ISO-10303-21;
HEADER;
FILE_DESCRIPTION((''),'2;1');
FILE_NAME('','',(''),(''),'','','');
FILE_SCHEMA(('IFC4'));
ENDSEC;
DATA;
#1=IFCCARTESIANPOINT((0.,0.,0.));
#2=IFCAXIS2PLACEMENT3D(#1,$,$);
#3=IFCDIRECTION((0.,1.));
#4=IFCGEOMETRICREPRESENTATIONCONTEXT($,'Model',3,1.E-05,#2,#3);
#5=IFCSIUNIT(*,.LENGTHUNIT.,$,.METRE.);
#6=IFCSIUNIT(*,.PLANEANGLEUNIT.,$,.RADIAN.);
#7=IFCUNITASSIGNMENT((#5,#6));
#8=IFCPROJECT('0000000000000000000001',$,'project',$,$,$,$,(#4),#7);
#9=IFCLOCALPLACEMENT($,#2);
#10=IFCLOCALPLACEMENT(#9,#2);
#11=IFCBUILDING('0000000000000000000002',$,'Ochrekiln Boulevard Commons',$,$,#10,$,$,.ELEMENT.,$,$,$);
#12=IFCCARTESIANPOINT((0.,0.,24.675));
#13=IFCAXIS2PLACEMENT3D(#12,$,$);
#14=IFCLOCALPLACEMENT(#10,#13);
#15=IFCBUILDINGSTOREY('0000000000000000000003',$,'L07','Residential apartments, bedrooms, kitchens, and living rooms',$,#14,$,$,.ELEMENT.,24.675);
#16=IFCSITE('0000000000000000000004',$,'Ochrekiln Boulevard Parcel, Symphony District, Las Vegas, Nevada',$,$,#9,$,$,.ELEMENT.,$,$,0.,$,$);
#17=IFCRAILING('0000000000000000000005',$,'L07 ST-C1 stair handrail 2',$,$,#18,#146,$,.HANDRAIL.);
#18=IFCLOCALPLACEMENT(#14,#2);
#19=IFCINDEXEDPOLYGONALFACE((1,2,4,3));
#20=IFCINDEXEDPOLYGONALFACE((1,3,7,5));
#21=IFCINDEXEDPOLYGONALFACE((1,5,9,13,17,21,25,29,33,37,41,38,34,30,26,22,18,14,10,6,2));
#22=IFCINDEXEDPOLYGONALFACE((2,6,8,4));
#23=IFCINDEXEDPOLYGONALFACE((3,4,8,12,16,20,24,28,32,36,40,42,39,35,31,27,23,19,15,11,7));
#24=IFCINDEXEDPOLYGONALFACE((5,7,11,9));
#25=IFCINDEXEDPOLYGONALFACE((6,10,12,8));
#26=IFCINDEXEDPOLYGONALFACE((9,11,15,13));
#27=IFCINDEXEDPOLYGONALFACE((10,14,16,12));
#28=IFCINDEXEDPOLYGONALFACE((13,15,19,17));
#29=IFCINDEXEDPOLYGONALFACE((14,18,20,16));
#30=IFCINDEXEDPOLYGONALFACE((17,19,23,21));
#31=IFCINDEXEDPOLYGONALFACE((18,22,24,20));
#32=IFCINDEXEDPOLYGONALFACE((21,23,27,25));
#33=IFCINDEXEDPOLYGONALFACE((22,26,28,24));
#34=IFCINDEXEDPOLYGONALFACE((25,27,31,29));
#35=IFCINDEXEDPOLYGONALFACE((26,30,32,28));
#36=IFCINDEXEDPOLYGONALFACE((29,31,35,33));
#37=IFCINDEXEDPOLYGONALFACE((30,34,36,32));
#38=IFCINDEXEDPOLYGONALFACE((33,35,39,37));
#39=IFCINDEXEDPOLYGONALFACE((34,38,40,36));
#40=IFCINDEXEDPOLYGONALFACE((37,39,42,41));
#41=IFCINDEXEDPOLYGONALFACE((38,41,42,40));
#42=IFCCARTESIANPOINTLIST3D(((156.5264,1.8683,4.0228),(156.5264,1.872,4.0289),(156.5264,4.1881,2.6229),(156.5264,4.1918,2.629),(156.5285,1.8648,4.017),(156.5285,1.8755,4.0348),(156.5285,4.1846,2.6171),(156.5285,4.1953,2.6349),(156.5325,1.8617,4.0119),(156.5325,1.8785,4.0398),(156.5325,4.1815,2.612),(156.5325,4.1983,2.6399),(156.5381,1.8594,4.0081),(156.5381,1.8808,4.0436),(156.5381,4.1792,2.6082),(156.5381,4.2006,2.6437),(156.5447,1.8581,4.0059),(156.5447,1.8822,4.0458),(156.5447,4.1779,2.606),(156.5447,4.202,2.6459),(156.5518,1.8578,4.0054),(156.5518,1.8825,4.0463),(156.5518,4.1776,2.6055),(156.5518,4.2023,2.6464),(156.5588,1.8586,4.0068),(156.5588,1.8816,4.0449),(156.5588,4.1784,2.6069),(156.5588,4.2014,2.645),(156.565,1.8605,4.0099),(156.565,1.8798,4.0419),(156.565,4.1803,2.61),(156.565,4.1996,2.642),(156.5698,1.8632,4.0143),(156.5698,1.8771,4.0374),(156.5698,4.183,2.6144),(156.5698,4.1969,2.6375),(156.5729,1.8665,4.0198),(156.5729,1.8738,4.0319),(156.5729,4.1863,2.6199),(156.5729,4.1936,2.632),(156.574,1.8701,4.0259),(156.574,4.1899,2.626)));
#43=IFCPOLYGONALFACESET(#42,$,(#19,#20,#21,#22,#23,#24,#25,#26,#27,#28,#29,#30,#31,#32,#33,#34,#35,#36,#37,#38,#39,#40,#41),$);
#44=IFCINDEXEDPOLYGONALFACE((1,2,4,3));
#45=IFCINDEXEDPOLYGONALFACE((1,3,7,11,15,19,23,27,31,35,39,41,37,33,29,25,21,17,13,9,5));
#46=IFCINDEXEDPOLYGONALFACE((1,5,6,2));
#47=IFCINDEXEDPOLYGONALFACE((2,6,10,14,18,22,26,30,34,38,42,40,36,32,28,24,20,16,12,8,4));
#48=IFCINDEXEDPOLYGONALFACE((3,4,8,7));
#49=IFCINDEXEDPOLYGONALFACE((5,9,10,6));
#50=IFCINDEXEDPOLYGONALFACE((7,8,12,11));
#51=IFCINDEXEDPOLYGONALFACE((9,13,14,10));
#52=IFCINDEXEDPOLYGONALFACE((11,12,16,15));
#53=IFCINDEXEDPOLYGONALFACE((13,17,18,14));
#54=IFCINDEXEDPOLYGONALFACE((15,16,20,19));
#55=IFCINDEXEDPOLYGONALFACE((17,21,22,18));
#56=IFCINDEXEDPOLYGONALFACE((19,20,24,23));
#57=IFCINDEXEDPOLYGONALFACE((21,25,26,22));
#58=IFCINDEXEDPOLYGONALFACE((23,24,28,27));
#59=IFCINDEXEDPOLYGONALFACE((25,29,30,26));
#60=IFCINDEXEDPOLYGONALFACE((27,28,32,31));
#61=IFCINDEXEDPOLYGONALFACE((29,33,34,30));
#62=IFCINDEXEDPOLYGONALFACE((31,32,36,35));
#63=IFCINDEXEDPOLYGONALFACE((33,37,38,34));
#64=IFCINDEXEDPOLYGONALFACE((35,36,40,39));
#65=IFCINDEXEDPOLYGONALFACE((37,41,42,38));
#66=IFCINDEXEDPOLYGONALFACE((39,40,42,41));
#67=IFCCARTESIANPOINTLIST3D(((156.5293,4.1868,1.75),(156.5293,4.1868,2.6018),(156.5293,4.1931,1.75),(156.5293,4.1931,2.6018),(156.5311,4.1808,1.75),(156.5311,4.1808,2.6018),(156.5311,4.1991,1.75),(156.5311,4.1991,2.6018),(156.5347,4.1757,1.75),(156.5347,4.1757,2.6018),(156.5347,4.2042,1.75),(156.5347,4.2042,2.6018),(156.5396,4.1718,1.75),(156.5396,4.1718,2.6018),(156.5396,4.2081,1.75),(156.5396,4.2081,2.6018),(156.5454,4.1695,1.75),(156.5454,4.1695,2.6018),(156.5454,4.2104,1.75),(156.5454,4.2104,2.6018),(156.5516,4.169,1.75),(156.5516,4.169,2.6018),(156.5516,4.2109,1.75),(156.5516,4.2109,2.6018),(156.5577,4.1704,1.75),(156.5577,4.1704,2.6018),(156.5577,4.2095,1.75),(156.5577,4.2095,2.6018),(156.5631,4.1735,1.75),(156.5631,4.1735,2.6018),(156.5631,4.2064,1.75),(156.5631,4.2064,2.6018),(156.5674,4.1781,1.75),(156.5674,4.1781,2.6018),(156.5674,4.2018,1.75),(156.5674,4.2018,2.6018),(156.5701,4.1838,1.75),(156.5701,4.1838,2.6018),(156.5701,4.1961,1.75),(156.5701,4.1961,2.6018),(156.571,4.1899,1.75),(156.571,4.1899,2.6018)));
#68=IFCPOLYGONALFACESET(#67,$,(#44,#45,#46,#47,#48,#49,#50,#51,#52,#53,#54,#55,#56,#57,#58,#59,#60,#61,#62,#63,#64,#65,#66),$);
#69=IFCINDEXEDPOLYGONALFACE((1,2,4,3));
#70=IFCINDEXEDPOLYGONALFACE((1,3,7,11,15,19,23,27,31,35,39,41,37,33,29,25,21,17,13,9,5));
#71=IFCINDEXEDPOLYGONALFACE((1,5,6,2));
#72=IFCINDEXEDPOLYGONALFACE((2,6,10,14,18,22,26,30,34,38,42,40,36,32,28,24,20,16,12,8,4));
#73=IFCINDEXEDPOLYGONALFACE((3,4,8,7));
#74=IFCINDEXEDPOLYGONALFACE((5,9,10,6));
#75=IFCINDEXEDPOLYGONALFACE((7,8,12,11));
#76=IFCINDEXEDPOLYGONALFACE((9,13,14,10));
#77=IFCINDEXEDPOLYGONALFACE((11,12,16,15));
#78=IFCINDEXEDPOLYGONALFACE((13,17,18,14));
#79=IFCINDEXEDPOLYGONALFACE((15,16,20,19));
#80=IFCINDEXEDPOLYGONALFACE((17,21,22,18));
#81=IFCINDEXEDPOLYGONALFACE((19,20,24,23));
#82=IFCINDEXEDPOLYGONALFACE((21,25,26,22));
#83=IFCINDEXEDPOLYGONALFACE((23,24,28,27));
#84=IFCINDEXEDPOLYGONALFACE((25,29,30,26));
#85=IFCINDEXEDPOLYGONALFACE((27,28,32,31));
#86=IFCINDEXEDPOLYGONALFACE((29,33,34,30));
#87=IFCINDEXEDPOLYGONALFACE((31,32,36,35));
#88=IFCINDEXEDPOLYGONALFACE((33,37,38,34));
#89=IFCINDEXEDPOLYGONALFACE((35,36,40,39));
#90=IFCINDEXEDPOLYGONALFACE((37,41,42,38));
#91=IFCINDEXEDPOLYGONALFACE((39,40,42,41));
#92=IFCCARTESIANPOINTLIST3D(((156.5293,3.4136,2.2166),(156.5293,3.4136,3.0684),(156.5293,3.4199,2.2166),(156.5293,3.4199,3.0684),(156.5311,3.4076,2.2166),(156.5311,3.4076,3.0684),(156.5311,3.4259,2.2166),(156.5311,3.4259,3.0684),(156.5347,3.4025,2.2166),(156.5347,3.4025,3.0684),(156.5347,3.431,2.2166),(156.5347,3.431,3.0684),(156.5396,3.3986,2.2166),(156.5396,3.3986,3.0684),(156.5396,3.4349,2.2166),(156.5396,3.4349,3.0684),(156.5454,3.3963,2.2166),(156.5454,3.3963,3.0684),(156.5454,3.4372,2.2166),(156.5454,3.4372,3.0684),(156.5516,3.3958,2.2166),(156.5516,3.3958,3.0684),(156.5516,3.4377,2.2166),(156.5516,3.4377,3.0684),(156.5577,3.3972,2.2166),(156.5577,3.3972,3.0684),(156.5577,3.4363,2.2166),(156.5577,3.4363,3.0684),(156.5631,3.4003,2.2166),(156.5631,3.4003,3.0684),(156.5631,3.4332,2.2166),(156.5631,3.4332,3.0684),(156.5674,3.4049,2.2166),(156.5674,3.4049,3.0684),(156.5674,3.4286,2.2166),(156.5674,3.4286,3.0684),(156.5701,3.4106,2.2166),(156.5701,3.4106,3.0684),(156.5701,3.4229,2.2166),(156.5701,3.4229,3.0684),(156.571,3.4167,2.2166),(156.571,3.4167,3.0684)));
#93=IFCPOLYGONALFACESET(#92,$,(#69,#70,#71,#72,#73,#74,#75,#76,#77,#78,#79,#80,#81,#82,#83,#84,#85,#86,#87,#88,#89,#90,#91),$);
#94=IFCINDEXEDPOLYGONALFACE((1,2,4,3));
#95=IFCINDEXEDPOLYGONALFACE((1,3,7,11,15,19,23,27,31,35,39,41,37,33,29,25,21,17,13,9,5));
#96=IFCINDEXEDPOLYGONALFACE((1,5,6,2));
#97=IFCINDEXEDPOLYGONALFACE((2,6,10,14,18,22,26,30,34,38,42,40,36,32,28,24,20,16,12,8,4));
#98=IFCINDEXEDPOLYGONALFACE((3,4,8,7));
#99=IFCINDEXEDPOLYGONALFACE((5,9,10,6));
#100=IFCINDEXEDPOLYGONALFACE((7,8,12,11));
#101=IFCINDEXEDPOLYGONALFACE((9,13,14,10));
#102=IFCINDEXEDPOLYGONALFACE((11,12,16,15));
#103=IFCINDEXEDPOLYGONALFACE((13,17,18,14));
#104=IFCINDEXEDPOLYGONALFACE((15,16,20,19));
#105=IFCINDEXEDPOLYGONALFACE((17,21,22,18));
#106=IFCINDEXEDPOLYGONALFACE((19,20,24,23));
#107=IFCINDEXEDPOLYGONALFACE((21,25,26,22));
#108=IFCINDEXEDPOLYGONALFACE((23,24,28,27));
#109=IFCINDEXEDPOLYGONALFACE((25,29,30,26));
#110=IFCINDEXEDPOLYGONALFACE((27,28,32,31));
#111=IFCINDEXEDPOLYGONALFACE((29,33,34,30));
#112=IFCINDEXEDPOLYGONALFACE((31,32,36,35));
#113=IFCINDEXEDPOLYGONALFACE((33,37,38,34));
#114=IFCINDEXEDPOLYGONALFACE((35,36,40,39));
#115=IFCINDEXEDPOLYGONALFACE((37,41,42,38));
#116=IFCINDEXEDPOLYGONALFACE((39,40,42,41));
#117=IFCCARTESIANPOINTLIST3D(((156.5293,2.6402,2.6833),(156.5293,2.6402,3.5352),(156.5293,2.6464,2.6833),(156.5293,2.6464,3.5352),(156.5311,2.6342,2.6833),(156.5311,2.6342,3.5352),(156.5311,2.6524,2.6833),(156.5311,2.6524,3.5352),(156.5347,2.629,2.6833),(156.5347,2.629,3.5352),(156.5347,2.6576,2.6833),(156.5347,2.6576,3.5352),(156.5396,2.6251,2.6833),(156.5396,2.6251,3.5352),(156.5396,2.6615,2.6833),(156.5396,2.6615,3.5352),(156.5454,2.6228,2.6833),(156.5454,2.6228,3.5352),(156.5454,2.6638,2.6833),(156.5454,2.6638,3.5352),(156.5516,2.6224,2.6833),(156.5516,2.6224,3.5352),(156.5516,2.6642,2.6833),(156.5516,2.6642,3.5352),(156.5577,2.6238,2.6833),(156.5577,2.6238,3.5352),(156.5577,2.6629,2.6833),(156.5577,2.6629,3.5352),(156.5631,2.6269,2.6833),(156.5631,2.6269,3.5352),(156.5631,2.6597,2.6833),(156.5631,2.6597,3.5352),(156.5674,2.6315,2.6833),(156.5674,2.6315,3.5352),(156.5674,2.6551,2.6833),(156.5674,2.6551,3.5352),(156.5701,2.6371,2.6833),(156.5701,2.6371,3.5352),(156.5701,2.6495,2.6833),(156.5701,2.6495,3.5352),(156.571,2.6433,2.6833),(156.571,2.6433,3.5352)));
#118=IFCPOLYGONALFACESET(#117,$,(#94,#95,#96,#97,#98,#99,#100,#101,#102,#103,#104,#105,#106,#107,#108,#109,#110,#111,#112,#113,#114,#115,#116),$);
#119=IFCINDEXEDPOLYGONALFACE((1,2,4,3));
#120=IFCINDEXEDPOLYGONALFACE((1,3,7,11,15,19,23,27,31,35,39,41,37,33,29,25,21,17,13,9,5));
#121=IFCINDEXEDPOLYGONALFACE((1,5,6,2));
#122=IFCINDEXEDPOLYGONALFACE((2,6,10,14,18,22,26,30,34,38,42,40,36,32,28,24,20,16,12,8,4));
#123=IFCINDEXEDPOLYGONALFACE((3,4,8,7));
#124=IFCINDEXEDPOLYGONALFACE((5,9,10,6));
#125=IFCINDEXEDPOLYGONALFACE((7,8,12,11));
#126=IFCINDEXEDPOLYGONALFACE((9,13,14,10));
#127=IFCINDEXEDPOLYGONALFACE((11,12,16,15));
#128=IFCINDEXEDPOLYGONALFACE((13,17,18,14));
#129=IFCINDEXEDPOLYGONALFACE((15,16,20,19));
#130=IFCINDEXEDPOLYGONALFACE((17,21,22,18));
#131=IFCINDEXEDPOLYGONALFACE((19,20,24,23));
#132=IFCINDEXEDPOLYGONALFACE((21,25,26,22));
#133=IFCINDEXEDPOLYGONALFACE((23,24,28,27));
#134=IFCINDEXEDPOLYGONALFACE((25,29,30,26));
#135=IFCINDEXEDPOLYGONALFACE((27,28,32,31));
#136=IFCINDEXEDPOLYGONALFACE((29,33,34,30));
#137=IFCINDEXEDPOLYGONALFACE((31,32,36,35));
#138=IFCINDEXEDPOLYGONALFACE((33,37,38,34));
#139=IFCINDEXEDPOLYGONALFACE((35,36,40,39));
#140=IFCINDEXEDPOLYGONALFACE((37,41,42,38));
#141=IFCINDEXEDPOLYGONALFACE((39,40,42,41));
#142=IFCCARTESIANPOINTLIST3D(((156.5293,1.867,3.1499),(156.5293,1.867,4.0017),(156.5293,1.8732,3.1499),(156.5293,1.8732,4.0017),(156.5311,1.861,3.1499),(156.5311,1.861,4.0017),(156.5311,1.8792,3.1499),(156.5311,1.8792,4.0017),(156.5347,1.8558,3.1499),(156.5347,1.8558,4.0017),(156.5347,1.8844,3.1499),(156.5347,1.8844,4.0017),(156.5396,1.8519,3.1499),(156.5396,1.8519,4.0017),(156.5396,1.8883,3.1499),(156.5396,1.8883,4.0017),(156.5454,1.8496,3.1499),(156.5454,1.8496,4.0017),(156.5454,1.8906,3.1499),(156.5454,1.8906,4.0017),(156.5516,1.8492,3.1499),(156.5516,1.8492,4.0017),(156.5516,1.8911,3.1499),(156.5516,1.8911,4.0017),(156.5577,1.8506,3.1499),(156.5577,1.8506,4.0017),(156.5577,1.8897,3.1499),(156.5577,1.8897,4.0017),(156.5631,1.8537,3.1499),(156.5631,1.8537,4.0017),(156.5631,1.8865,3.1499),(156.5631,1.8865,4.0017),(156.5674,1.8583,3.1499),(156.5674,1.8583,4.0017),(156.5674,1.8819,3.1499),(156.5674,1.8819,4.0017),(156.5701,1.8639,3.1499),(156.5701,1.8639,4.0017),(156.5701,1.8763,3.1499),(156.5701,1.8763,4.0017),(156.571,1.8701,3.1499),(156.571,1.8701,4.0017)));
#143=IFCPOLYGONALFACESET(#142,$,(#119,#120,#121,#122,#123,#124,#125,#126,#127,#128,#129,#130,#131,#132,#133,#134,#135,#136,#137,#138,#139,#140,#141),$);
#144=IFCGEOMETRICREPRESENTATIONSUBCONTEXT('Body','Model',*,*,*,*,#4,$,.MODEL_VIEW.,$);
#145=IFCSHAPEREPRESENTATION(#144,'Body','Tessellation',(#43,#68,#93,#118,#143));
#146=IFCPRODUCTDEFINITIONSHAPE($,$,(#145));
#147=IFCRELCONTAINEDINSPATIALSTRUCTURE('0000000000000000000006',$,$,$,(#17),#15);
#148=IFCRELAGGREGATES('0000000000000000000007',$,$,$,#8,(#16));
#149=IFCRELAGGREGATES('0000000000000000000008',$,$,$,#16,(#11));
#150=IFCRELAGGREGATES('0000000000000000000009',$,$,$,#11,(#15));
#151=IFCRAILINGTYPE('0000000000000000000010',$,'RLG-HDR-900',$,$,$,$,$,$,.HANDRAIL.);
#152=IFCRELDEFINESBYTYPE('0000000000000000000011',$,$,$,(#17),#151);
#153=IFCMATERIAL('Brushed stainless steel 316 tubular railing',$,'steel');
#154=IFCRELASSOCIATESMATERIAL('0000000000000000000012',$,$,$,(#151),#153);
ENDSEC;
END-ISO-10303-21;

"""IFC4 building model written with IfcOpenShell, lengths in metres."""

from ifc_helpers import new_model, si_unit, direction, frame, origin, origin_2d, place, context, subcontext, project, spatial, circle, extrude, material, type_object, element, save


model = new_model("IFC4")

# Units and contexts
model_context = context("Model", 3, precision=1e-05, world=origin(), true_north=direction((0.0, 1.0)))
body_context = subcontext(model_context, "Body", "Model", "MODEL_VIEW")
ifc_project = project(units=[si_unit("LENGTHUNIT", "METRE"), si_unit("PLANEANGLEUNIT", "RADIAN")], contexts=[model_context])

# Site, building, storey
site_placement = place(None, origin())
site = spatial("IfcSite", under=ifc_project, at=site_placement, Name="Ochrekiln Boulevard Parcel, Symphony District, Las Vegas, Nevada", CompositionType="ELEMENT", RefElevation=0.0)
building_placement = place(site_placement, origin())
building = spatial("IfcBuilding", under=site, at=building_placement, Name="Ochrekiln Boulevard Commons", CompositionType="ELEMENT")
storey_placement = place(building_placement, frame((0.0, 0.0, 24.675)))
storey = spatial("IfcBuildingStorey", under=building, at=storey_placement, Name="L07", Description="Residential apartments, bedrooms, kitchens, and living rooms", CompositionType="ELEMENT", Elevation=24.675)

# Railing
ifc_material_1 = material(Name="Brushed stainless steel 316 tubular railing", Category="steel")
railing_type_1 = type_object("IfcRailingType", Name="RLG-HDR-900", PredefinedType="HANDRAIL", material=ifc_material_1)
railing_1_placement = place(storey_placement, frame((156.55, 4.1899, 1.75)))
element("IfcRailing", 1, at=railing_1_placement, inside=storey, type_object=railing_type_1, Name="L07 ST-C1 stair handrail 2", PredefinedType="HANDRAIL", context=body_context, shape_type="SweptSolid", body=[
    extrude(circle(Radius=0.0239, at=origin_2d()), frame((0.0, 0.0, 0.876), z_axis=(0.0, -0.856186, 0.516667), x_axis=(1.0, 0.0, 0.0)), (0.0, 0.0, 1.0), 2.7095),
    extrude(circle(Radius=0.021, at=origin_2d()), origin(), (0.0, 0.0, 1.0), 0.8518),
    extrude(circle(Radius=0.021, at=origin_2d()), frame((0.0, -0.7732, 0.4666)), (0.0, 0.0, 1.0), 0.8518),
    extrude(circle(Radius=0.021, at=origin_2d()), frame((0.0, -1.5466, 0.9333)), (0.0, 0.0, 1.0), 0.8518),
    extrude(circle(Radius=0.021, at=origin_2d()), frame((0.0, -2.3198, 1.3999)), (0.0, 0.0, 1.0), 0.8518),
])

save(model, "model.ifc")
